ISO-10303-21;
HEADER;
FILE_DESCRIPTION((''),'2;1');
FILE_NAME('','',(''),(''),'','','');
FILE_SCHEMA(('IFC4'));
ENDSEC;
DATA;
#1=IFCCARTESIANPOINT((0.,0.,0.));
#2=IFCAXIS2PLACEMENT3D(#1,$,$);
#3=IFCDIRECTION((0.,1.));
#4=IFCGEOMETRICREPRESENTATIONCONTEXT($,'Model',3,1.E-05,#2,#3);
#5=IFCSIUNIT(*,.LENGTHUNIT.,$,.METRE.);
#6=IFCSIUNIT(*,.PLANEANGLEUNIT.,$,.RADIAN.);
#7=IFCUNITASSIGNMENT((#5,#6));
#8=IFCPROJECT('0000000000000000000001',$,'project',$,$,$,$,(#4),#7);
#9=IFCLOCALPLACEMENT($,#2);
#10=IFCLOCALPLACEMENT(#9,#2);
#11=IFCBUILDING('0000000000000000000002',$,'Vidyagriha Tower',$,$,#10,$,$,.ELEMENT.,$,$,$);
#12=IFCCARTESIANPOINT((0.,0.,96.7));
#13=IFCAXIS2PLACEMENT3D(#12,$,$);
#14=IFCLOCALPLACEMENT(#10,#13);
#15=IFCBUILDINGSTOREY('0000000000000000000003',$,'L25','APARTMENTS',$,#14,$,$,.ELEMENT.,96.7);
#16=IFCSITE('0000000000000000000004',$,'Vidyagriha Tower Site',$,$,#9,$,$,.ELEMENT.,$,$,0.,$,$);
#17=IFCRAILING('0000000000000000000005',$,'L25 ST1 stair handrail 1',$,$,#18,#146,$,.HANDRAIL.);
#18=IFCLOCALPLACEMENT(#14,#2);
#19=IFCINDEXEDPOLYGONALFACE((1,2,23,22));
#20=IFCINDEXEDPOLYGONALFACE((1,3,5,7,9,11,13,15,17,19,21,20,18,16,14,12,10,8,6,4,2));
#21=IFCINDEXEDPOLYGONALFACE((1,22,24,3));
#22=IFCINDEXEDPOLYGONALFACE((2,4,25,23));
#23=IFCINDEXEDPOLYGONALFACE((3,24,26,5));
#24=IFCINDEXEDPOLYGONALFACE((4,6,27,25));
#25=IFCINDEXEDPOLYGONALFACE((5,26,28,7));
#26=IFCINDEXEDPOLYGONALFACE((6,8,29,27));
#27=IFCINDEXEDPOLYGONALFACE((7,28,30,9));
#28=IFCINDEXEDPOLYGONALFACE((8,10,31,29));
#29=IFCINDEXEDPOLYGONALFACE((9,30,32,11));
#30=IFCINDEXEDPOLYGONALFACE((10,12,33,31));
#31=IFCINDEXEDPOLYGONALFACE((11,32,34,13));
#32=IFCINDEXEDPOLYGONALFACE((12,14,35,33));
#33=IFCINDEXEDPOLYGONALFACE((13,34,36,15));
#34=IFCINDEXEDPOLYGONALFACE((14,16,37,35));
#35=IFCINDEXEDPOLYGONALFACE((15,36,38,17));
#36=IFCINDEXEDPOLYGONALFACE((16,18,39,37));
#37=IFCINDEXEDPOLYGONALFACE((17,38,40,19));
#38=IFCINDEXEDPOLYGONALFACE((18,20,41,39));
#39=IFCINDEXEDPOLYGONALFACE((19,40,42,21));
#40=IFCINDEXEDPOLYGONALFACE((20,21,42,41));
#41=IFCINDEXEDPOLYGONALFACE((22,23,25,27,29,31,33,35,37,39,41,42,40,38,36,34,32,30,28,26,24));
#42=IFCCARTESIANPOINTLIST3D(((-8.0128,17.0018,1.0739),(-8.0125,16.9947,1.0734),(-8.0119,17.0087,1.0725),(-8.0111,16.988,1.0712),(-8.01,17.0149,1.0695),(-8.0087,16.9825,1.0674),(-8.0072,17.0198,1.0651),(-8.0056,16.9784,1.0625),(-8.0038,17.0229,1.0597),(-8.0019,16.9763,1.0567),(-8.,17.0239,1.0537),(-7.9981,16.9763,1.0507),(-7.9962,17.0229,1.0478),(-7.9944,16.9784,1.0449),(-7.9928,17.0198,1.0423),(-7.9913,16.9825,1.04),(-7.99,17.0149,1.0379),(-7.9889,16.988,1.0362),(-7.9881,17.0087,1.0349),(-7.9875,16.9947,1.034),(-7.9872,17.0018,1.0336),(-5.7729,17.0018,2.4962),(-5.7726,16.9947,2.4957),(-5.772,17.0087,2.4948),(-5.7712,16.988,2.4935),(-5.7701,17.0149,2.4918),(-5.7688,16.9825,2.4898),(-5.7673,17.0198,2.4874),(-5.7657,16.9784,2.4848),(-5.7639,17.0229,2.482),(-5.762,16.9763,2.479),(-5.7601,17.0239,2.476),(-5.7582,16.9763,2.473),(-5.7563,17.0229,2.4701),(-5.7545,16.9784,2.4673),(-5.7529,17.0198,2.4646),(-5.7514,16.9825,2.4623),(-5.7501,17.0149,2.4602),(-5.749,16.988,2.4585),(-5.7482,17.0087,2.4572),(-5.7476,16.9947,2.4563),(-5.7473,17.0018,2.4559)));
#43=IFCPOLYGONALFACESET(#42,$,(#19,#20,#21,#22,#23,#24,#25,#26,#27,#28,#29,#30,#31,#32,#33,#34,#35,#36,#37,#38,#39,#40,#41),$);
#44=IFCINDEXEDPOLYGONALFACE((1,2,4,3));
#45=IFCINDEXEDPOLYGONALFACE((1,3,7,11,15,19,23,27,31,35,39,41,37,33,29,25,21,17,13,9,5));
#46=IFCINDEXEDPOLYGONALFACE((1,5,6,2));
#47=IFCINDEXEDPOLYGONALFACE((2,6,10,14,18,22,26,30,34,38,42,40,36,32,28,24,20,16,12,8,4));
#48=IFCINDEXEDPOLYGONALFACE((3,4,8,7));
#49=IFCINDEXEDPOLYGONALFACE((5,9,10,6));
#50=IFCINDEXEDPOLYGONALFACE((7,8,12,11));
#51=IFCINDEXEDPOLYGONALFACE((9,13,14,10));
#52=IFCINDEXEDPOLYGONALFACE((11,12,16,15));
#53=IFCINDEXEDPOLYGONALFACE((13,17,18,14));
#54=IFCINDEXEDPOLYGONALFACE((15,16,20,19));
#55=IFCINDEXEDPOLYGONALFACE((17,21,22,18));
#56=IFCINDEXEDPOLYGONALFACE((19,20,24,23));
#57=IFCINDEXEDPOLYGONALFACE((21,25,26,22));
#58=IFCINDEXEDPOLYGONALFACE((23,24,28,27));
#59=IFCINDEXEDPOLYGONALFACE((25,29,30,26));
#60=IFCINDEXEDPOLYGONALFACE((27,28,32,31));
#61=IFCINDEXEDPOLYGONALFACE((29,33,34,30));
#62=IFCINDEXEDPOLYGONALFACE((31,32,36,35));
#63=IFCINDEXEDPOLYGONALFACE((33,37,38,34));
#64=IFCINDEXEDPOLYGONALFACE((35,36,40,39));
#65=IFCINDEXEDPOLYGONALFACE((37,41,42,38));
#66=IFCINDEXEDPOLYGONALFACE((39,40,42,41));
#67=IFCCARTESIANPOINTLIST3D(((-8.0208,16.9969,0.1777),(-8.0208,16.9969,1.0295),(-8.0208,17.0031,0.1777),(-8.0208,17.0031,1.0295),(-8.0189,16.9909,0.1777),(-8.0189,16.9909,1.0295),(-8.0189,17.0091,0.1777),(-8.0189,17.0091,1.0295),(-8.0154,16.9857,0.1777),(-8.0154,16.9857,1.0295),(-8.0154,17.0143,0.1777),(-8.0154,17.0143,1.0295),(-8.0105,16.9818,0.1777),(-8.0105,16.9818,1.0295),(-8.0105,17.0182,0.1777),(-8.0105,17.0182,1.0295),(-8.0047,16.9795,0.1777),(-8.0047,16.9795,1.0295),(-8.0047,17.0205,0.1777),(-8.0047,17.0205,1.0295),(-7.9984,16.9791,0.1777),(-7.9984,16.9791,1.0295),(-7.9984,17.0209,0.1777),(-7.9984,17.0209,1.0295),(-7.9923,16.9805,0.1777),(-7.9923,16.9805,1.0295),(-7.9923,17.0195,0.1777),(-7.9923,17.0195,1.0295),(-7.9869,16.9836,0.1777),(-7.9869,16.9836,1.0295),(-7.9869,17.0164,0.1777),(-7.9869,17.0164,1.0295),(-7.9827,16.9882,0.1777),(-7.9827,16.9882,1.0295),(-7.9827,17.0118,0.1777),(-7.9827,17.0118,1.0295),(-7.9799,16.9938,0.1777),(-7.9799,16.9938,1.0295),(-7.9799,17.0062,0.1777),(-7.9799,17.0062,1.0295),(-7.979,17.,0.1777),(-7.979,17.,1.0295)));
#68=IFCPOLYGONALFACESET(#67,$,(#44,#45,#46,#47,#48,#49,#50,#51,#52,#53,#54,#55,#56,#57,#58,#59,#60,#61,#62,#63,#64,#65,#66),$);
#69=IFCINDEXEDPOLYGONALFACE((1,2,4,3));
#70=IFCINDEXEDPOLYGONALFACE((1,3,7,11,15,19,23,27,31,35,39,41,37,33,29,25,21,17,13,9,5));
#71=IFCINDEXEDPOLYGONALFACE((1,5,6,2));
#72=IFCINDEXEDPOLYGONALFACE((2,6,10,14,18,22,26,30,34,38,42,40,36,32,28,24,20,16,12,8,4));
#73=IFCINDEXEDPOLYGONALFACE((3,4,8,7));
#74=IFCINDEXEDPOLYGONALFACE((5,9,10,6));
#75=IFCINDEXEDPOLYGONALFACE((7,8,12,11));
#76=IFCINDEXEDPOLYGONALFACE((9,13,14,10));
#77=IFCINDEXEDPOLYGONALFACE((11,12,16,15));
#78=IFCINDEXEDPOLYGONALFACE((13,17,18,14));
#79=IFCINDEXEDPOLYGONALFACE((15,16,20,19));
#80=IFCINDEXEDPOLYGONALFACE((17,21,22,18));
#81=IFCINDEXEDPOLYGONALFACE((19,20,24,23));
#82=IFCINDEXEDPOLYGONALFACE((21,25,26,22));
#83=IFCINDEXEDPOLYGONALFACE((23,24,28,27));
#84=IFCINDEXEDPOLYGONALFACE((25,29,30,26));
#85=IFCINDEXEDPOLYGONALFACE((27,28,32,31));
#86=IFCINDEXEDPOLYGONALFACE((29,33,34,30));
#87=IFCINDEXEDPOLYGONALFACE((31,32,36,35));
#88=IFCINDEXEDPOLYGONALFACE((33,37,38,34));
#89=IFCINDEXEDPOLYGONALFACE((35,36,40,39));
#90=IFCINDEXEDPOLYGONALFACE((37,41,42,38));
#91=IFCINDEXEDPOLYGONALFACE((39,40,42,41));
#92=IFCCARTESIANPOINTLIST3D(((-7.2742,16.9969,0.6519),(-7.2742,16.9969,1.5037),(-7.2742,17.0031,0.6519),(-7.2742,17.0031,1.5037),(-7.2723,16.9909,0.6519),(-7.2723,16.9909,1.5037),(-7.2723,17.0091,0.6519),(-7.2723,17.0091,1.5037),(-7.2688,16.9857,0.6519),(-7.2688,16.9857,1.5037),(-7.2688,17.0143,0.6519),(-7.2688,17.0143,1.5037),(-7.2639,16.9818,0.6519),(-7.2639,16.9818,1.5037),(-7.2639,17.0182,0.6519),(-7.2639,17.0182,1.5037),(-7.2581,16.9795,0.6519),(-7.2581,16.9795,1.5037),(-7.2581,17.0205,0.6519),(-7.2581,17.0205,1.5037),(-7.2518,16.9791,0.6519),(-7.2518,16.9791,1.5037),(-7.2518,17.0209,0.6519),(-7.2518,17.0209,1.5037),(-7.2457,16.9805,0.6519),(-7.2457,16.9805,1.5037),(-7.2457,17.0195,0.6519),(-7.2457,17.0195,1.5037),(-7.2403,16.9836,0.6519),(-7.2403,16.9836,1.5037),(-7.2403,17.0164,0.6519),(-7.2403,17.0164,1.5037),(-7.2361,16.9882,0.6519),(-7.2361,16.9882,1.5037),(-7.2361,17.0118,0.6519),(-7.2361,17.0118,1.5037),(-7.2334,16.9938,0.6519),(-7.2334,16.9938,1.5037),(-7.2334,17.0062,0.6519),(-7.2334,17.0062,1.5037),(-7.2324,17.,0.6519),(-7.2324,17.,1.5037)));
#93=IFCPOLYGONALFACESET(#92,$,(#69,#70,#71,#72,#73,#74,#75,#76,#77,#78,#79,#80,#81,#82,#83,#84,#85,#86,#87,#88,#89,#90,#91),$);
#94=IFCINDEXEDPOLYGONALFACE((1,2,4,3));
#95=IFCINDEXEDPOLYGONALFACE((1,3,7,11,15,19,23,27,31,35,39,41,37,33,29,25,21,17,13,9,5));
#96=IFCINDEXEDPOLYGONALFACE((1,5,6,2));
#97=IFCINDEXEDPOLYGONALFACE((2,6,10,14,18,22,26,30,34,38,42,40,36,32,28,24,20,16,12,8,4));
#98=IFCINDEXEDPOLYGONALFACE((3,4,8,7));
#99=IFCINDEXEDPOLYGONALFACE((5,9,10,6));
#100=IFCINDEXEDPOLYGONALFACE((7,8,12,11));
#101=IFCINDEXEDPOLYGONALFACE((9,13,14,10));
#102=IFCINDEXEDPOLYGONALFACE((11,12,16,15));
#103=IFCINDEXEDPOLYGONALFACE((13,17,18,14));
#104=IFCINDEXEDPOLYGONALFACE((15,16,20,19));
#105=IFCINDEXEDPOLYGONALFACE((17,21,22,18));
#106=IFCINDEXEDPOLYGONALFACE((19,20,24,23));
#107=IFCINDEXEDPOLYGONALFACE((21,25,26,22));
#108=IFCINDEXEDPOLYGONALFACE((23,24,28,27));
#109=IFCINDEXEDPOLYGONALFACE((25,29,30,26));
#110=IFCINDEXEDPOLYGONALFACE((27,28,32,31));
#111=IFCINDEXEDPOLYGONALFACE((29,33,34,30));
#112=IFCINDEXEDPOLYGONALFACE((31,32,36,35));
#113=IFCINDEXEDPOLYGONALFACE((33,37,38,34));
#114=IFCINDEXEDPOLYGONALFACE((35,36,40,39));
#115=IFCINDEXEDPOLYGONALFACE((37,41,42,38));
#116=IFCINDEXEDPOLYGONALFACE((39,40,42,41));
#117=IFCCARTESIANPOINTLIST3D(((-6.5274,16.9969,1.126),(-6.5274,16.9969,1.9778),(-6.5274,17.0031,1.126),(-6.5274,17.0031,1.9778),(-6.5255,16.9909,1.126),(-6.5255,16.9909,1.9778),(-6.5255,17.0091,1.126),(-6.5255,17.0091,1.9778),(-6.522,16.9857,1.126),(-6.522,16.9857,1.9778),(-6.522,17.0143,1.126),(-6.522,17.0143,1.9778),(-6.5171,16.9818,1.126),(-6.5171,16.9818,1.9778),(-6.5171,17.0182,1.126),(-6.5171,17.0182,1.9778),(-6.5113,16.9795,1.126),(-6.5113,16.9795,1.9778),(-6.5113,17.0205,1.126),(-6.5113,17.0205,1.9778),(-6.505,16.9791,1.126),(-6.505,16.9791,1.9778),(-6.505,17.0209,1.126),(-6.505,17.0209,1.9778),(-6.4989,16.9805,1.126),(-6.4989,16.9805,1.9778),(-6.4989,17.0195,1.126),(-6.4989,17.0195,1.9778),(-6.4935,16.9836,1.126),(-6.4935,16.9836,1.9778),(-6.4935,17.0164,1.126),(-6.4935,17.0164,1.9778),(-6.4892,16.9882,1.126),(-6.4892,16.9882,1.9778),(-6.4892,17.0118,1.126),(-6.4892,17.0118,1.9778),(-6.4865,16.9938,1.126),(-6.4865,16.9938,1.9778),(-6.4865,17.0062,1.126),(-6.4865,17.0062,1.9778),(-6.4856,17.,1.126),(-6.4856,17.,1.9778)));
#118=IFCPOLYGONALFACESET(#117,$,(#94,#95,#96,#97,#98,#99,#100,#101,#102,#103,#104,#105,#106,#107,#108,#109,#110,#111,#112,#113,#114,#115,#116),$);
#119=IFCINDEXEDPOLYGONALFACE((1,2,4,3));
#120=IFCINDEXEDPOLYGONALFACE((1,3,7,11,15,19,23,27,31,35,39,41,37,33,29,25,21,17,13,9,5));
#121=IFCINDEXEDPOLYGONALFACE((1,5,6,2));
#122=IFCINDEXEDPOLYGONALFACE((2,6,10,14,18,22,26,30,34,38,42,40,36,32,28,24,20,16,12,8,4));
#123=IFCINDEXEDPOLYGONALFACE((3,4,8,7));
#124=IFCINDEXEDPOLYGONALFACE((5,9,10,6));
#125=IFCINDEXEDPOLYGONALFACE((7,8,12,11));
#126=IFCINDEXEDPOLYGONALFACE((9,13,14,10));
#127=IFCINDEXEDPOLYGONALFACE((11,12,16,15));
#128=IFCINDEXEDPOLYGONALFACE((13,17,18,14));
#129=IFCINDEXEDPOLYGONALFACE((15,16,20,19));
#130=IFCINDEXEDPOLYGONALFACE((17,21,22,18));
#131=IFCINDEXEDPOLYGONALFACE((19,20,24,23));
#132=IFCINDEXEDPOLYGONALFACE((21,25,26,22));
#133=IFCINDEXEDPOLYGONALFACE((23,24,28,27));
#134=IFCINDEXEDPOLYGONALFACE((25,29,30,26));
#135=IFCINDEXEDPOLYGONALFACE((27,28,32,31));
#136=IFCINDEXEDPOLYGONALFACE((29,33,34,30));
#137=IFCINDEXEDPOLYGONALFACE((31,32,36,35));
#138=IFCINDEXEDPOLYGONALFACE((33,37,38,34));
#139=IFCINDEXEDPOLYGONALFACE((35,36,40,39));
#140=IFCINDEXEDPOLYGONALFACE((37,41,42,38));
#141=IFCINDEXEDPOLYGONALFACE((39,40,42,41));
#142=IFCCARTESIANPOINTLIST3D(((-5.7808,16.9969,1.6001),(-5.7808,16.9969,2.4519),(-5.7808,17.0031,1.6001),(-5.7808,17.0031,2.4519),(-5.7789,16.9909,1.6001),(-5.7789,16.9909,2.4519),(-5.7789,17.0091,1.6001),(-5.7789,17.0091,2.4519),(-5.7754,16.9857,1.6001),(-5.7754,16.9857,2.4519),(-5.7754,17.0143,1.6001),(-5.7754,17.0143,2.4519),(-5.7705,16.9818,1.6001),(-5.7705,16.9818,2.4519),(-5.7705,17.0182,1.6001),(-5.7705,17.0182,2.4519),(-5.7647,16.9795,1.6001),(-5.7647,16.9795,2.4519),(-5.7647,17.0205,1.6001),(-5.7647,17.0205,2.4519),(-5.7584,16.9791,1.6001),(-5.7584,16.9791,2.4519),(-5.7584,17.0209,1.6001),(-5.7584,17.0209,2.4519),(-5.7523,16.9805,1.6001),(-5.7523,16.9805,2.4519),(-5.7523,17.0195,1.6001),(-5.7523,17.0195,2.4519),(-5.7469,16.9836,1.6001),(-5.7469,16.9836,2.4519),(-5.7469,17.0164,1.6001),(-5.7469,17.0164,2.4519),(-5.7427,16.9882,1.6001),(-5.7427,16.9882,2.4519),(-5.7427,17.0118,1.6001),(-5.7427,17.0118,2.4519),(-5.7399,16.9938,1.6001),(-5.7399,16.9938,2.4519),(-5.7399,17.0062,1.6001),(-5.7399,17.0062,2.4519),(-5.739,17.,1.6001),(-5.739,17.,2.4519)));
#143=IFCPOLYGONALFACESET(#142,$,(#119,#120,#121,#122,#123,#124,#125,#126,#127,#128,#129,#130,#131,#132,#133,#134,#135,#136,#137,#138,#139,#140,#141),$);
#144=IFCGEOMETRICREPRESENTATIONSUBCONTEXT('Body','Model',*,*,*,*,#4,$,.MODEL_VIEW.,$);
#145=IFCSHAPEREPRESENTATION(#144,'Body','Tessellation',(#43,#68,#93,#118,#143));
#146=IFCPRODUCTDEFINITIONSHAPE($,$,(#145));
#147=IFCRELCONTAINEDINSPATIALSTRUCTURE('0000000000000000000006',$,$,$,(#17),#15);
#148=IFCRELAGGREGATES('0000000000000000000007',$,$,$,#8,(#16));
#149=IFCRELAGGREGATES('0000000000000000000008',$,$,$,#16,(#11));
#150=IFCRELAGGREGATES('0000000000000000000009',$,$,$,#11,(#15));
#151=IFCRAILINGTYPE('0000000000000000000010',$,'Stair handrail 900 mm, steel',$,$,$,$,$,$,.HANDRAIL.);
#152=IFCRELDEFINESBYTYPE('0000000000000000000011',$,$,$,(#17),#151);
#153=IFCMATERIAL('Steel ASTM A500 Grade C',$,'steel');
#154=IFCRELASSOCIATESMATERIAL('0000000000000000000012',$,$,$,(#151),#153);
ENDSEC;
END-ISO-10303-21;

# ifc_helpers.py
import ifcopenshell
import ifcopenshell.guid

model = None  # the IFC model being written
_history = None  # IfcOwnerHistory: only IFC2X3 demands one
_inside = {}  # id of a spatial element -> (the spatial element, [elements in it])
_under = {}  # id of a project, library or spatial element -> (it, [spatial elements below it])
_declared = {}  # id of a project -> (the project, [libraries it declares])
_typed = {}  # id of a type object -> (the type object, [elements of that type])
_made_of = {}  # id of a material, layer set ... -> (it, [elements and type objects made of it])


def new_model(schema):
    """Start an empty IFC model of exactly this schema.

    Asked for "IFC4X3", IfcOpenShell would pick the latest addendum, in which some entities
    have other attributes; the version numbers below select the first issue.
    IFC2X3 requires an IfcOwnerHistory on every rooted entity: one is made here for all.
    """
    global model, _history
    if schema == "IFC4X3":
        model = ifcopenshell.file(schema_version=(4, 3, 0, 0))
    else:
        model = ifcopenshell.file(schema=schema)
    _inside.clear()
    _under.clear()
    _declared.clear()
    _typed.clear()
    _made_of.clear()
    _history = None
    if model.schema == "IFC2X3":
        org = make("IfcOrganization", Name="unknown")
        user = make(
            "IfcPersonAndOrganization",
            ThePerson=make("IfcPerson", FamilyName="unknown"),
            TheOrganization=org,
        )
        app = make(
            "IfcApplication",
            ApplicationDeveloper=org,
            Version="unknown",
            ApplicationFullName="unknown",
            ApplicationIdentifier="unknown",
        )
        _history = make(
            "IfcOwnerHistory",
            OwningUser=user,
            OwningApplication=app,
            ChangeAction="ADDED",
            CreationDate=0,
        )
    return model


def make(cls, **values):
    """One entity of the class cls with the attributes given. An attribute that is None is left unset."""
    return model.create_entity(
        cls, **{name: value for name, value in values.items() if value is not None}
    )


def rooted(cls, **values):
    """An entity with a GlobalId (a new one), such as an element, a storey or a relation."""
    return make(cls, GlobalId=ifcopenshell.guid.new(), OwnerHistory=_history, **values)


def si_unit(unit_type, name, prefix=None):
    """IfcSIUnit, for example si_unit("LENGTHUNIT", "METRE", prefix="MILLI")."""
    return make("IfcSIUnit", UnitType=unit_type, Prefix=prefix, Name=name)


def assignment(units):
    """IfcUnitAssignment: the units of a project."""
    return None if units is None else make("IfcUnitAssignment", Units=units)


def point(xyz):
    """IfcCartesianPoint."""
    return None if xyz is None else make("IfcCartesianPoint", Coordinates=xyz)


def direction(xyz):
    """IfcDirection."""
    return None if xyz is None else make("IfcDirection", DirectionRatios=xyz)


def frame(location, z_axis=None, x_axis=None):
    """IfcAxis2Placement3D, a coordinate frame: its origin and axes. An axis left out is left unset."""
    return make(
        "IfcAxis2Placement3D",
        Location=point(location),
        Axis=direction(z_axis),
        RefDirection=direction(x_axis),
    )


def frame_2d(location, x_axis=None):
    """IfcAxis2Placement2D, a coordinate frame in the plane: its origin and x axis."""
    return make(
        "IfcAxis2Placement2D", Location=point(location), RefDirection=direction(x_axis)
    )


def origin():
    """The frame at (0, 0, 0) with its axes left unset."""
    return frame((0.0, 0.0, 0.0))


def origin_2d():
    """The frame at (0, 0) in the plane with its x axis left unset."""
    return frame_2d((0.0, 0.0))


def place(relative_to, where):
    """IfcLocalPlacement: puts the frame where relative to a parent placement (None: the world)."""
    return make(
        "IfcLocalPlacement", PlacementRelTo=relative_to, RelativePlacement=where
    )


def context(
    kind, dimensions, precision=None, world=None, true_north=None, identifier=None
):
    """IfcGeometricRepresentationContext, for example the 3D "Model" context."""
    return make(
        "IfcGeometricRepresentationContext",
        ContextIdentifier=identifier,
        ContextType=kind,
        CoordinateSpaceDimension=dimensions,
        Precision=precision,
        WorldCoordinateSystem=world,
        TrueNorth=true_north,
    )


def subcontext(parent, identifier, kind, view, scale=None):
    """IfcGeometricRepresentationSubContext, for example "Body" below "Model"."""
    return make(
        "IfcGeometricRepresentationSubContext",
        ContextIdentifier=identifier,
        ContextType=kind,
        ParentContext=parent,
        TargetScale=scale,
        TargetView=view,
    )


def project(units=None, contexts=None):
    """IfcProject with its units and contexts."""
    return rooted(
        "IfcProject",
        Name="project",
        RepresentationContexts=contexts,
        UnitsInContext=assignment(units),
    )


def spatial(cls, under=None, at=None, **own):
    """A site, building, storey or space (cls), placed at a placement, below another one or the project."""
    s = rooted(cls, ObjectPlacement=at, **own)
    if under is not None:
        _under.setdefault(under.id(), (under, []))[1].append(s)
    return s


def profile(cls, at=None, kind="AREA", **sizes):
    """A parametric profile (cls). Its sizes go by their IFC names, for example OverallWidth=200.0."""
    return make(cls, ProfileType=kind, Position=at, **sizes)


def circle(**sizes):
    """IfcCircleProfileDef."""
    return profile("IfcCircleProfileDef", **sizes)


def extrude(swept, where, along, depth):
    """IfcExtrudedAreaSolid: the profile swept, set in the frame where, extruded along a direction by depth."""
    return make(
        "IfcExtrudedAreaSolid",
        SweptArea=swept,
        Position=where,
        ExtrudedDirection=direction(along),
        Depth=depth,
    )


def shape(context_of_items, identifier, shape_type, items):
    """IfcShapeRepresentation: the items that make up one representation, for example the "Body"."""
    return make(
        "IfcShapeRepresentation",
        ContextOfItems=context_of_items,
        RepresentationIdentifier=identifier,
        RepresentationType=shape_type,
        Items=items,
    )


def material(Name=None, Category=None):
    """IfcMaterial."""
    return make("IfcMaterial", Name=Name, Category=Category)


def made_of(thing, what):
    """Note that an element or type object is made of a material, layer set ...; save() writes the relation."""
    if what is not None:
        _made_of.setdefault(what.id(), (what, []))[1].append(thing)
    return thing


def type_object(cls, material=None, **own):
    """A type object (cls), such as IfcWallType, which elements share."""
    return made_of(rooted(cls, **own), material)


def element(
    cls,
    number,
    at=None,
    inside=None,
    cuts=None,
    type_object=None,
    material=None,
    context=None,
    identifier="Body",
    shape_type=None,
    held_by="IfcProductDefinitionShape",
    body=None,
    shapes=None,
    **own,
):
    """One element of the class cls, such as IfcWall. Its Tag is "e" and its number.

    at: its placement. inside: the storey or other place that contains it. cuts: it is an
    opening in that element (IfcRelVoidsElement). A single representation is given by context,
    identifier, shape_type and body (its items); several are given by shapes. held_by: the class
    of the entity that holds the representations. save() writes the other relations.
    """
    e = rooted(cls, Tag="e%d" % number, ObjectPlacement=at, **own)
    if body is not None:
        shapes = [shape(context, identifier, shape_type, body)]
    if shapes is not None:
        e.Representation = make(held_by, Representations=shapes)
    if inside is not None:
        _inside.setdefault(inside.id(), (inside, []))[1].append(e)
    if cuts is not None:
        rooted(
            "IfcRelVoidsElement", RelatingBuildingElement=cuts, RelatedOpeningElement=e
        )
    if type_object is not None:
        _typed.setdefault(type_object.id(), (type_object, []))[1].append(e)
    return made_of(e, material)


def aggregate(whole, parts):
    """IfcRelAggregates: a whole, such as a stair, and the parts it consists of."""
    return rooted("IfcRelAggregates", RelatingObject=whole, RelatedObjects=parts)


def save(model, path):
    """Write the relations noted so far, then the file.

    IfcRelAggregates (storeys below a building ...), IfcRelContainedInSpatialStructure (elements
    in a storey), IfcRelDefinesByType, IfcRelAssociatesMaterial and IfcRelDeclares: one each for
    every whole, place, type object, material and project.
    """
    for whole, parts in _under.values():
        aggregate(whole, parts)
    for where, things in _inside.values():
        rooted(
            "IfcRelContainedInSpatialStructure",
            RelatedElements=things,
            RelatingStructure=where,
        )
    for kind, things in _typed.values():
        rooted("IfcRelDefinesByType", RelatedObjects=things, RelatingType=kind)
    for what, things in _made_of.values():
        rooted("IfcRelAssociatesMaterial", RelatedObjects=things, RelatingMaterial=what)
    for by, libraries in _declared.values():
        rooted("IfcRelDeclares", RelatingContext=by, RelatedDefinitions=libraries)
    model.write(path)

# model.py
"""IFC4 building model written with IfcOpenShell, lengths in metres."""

from ifc_helpers import new_model, si_unit, direction, frame, origin, origin_2d, place, context, subcontext, project, spatial, circle, extrude, material, type_object, element, save


model = new_model("IFC4")

# Units and contexts
model_context = context("Model", 3, precision=1e-05, world=origin(), true_north=direction((0.0, 1.0)))
body_context = subcontext(model_context, "Body", "Model", "MODEL_VIEW")
ifc_project = project(units=[si_unit("LENGTHUNIT", "METRE"), si_unit("PLANEANGLEUNIT", "RADIAN")], contexts=[model_context])

# Site, building, storey
site_placement = place(None, origin())
site = spatial("IfcSite", under=ifc_project, at=site_placement, Name="Vidyagriha Tower Site", CompositionType="ELEMENT", RefElevation=0.0)
building_placement = place(site_placement, origin())
building = spatial("IfcBuilding", under=site, at=building_placement, Name="Vidyagriha Tower", CompositionType="ELEMENT")
storey_placement = place(building_placement, frame((0.0, 0.0, 96.7)))
storey = spatial("IfcBuildingStorey", under=building, at=storey_placement, Name="L25", Description="APARTMENTS", CompositionType="ELEMENT", Elevation=96.7)

# Railing
ifc_material_1 = material(Name="Steel ASTM A500 Grade C", Category="steel")
railing_type_1 = type_object("IfcRailingType", Name="Stair handrail 900 mm, steel", PredefinedType="HANDRAIL", material=ifc_material_1)
railing_1_placement = place(storey_placement, frame((-8.0, 17.0, 0.1777)))
element("IfcRailing", 1, at=railing_1_placement, inside=storey, type_object=railing_type_1, Name="L25 ST1 stair handrail 1", PredefinedType="HANDRAIL", context=body_context, shape_type="SweptSolid", body=[
    extrude(circle(Radius=0.0239, at=origin_2d()), frame((0.0, 0.0, 0.876), z_axis=(0.844188, 0.0, 0.536048), x_axis=(0.0, 1.0, 0.0)), (0.0, 0.0, 1.0), 2.6533),
    extrude(circle(Radius=0.021, at=origin_2d()), origin(), (0.0, 0.0, 1.0), 0.8518),
    extrude(circle(Radius=0.021, at=origin_2d()), frame((0.7466, 0.0, 0.4741)), (0.0, 0.0, 1.0), 0.8518),
    extrude(circle(Radius=0.021, at=origin_2d()), frame((1.4934, 0.0, 0.9482)), (0.0, 0.0, 1.0), 0.8518),
    extrude(circle(Radius=0.021, at=origin_2d()), frame((2.24, 0.0, 1.4224)), (0.0, 0.0, 1.0), 0.8518),
])

save(model, "model.ifc")
